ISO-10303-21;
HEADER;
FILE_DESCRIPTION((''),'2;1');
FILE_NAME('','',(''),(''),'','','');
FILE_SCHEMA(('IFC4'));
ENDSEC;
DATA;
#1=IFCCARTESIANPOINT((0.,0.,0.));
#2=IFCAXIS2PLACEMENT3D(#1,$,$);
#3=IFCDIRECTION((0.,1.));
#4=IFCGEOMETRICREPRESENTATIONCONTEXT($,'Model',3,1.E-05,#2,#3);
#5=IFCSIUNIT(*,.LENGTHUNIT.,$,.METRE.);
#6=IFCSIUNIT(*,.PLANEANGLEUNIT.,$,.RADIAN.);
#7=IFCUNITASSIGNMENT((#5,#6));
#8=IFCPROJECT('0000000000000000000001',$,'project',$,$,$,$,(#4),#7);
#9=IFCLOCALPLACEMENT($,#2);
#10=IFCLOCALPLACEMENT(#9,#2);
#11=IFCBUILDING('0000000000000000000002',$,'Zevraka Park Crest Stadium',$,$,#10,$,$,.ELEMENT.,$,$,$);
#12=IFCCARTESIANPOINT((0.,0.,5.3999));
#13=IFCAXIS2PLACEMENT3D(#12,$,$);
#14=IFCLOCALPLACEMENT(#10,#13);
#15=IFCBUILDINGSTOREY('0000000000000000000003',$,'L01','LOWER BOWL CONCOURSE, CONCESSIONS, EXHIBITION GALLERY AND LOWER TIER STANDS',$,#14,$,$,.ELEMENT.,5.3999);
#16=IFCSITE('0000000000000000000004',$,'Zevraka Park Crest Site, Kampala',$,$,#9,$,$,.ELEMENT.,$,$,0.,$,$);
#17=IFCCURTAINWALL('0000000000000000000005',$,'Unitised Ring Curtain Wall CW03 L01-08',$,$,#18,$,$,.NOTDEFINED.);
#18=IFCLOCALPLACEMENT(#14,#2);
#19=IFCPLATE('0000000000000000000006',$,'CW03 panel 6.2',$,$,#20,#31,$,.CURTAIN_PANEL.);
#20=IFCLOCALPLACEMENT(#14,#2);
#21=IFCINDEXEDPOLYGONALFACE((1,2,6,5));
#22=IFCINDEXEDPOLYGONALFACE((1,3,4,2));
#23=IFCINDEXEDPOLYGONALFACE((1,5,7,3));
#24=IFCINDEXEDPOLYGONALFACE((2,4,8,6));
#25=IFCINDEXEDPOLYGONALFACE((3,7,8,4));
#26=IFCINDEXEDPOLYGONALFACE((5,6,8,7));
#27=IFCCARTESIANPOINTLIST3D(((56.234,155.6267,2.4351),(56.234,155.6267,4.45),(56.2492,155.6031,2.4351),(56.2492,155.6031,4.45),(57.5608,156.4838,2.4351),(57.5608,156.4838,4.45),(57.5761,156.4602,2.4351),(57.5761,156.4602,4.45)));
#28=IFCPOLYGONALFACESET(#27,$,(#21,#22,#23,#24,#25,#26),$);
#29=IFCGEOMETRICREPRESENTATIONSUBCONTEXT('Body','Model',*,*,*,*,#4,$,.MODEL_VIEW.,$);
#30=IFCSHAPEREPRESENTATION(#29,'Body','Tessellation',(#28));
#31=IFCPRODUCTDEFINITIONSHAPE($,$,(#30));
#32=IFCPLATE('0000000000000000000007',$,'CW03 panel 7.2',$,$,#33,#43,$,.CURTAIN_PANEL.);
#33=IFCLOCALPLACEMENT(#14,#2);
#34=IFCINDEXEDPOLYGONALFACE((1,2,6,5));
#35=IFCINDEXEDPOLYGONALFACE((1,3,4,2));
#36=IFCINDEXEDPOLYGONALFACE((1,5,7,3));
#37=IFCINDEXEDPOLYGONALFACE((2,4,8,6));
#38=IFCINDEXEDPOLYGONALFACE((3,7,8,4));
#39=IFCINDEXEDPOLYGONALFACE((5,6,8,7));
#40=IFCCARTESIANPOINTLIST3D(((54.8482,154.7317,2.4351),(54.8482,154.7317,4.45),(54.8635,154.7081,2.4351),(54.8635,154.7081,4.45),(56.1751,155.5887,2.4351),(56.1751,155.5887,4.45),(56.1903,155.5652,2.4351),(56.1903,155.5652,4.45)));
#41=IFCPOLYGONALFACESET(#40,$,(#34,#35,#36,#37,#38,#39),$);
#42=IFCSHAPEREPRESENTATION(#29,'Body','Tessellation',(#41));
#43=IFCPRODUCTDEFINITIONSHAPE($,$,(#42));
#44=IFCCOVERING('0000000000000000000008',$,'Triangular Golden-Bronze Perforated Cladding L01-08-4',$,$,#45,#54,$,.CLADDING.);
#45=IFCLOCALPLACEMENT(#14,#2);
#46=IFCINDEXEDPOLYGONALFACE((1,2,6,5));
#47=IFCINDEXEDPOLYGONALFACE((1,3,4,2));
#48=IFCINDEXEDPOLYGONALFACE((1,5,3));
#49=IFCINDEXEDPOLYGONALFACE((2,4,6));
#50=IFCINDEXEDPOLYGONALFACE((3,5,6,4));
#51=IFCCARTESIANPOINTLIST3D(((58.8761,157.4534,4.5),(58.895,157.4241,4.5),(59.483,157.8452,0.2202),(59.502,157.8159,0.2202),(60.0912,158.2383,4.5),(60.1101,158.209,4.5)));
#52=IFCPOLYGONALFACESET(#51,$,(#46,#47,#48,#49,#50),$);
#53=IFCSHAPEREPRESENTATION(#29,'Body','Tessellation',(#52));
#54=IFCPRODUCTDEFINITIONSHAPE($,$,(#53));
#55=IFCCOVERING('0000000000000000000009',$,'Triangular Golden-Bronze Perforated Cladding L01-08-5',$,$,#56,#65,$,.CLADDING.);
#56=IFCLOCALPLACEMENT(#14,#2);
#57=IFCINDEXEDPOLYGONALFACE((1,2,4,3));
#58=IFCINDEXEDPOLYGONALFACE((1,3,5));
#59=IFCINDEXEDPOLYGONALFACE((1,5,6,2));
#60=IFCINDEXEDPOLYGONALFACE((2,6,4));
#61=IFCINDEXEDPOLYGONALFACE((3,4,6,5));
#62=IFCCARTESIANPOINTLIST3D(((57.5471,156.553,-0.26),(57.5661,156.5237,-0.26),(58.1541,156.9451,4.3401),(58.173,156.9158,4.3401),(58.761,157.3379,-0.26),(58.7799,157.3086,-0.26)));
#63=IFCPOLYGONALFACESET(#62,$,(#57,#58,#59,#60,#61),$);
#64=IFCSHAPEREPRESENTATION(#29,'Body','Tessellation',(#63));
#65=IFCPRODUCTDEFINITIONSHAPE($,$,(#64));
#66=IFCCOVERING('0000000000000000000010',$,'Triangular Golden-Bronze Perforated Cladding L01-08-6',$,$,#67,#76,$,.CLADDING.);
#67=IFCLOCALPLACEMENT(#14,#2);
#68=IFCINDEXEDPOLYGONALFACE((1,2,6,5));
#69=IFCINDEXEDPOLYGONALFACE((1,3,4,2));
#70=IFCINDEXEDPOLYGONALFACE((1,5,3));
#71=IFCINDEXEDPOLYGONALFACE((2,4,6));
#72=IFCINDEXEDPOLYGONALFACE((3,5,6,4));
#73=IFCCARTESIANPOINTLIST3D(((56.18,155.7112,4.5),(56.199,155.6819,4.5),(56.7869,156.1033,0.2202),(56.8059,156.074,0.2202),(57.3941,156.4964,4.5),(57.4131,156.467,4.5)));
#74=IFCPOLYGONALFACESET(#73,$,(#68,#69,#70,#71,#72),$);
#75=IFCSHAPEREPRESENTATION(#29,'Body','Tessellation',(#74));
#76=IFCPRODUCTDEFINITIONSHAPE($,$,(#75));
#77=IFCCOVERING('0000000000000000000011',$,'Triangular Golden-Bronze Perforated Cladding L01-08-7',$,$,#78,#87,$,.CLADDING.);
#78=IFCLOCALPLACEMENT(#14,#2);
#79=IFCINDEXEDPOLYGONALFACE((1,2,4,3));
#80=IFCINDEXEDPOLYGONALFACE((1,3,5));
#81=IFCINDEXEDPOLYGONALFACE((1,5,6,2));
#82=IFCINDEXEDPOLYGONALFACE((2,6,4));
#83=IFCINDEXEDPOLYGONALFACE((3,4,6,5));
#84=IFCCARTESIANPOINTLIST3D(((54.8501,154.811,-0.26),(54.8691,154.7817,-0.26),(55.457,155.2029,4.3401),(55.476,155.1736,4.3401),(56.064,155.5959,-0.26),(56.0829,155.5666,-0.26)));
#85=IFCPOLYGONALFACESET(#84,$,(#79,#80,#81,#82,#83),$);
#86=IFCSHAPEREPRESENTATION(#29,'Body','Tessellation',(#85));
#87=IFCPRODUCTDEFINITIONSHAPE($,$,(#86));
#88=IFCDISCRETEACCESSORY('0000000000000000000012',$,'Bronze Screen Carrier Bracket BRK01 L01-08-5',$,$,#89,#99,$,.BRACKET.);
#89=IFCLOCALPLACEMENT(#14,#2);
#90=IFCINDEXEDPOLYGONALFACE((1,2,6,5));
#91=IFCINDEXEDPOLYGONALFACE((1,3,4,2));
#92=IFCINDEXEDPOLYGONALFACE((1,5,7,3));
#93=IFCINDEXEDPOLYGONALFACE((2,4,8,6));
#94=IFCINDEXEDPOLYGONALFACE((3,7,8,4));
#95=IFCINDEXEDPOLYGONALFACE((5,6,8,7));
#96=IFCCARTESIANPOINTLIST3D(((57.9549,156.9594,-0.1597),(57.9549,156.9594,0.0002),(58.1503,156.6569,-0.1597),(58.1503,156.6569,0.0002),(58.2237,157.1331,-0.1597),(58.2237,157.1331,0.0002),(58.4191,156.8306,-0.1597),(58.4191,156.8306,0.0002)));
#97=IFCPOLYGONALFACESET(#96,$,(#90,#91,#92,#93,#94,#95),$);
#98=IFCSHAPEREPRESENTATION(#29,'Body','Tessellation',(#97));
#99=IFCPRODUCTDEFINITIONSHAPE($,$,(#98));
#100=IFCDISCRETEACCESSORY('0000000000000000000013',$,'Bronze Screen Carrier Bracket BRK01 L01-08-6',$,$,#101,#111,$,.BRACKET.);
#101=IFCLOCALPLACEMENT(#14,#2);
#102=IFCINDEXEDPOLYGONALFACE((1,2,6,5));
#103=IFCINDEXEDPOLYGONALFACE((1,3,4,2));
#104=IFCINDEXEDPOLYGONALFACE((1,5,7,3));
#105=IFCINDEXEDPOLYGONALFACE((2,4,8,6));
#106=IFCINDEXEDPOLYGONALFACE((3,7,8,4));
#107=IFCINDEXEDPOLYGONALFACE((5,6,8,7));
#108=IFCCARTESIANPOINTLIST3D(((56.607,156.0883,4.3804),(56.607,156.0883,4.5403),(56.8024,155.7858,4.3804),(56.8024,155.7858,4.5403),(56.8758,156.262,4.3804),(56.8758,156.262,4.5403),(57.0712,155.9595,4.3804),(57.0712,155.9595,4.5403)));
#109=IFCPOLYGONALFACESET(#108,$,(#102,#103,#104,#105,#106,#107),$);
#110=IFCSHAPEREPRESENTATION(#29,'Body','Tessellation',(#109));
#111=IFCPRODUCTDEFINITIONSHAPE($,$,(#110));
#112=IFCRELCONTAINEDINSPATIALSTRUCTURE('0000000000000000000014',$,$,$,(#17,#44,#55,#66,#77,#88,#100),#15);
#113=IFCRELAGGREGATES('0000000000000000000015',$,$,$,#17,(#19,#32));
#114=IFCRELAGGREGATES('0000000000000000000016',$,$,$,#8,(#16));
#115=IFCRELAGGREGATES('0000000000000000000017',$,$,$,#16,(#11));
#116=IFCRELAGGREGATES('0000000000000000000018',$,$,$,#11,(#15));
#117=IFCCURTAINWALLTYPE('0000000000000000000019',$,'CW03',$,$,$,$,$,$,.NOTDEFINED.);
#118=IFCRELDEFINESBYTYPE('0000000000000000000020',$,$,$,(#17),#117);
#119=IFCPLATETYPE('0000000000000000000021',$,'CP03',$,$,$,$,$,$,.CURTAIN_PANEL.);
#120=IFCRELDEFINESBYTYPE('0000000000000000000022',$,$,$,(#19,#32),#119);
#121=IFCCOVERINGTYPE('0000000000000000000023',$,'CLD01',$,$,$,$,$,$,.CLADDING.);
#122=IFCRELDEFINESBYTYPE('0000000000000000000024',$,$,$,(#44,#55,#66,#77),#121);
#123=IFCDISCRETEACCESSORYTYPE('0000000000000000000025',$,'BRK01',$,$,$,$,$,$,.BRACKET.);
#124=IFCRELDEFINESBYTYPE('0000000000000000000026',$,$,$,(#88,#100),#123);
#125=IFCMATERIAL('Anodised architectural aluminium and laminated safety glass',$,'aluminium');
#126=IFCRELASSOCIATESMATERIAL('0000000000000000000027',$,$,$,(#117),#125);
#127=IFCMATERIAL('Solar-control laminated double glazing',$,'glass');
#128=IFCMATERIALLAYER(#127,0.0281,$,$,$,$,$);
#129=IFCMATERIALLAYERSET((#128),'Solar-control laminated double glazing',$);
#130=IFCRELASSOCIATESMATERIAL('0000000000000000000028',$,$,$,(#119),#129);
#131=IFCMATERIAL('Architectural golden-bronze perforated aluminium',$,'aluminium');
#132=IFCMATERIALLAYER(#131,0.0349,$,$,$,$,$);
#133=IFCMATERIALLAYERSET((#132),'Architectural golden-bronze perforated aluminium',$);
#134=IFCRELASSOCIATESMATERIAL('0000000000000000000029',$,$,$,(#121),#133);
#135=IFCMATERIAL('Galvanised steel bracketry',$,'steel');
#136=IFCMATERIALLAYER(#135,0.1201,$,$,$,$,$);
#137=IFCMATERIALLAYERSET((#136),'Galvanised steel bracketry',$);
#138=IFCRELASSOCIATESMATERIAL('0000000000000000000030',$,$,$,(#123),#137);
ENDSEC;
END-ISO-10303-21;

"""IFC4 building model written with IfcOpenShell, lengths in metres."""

from ifc_helpers import new_model, si_unit, direction, frame, origin, origin_2d, place, context, subcontext, project, spatial, polyline, rectangle, outline, extrude, material, layer, layer_set, type_object, element, aggregate, save


model = new_model("IFC4")

# Units and contexts
model_context = context("Model", 3, precision=1e-05, world=origin(), true_north=direction((0.0, 1.0)))
body_context = subcontext(model_context, "Body", "Model", "MODEL_VIEW")
ifc_project = project(units=[si_unit("LENGTHUNIT", "METRE"), si_unit("PLANEANGLEUNIT", "RADIAN")], contexts=[model_context])

# Site, building, storey
site_placement = place(None, origin())
site = spatial("IfcSite", under=ifc_project, at=site_placement, Name="Zevraka Park Crest Site, Kampala", CompositionType="ELEMENT", RefElevation=0.0)
building_placement = place(site_placement, origin())
building = spatial("IfcBuilding", under=site, at=building_placement, Name="Zevraka Park Crest Stadium", CompositionType="ELEMENT")
storey_placement = place(building_placement, frame((0.0, 0.0, 5.3999)))
storey = spatial("IfcBuildingStorey", under=building, at=storey_placement, Name="L01", Description="LOWER BOWL CONCOURSE, CONCESSIONS, EXHIBITION GALLERY AND LOWER TIER STANDS", CompositionType="ELEMENT", Elevation=5.3999)

# Curtain wall, plates
ifc_material_1 = material(Name="Anodised architectural aluminium and laminated safety glass", Category="aluminium")
curtain_wall_type = type_object("IfcCurtainWallType", Name="CW03", PredefinedType="NOTDEFINED", material=ifc_material_1)
curtain_wall_placement = place(storey_placement, origin())
curtain_wall = element("IfcCurtainWall", 1, at=curtain_wall_placement, inside=storey, type_object=curtain_wall_type, Name="Unitised Ring Curtain Wall CW03 L01-08", PredefinedType="NOTDEFINED")
ifc_material_2 = material(Name="Solar-control laminated double glazing", Category="glass")
ifc_layer_1 = layer(ifc_material_2, 0.0281)
ifc_layer_set_1 = layer_set([ifc_layer_1], Name="Solar-control laminated double glazing")
plate_type = type_object("IfcPlateType", Name="CP03", PredefinedType="CURTAIN_PANEL", material=ifc_layer_set_1)
plate_1_placement = place(storey_placement, frame((56.905, 156.0435, 2.4351), z_axis=(0.0, 0.0, 1.0), x_axis=(-0.84001, -0.542571, 0.0)))
plate_1 = element("IfcPlate", 2, at=plate_1_placement, type_object=plate_type, Name="CW03 panel 6.2", PredefinedType="CURTAIN_PANEL", context=body_context, shape_type="SweptSolid", body=[
    extrude(rectangle(XDim=1.5796, YDim=0.0281, at=origin_2d()), origin(), (0.0, 0.0, 1.0), 2.0149),
])
plate_2_placement = place(storey_placement, frame((55.5193, 155.1484, 2.4351), z_axis=(0.0, 0.0, 1.0), x_axis=(-0.84001, -0.542571, 0.0)))
plate_2 = element("IfcPlate", 3, at=plate_2_placement, type_object=plate_type, Name="CW03 panel 7.2", PredefinedType="CURTAIN_PANEL", context=body_context, shape_type="SweptSolid", body=[
    extrude(rectangle(XDim=1.5796, YDim=0.0281, at=origin_2d()), origin(), (0.0, 0.0, 1.0), 2.0149),
])
aggregate(curtain_wall, [plate_1, plate_2])

# Coverings
ifc_material_3 = material(Name="Architectural golden-bronze perforated aluminium", Category="aluminium")
ifc_layer_2 = layer(ifc_material_3, 0.0349)
ifc_layer_set_2 = layer_set([ifc_layer_2], Name="Architectural golden-bronze perforated aluminium")
covering_type = type_object("IfcCoveringType", Name="CLD01", PredefinedType="CLADDING", material=ifc_layer_set_2)
covering_1_placement = place(storey_placement, frame((58.895, 157.4241, 4.5), z_axis=(0.542607, -0.839986, 0.000042), x_axis=(0.839986, 0.542607, 0.0)))
element("IfcCovering", 4, at=covering_1_placement, inside=storey, type_object=covering_type, Name="Triangular Golden-Bronze Perforated Cladding L01-08-4", PredefinedType="CLADDING", context=body_context, shape_type="SweptSolid", body=[
    extrude(outline(polyline([(0.0, 0.0), (1.4466, 0.0), (0.7224, -4.2798), (0.0, 0.0)])), origin(), (0.0, 0.0, -1.0), 0.0349),
])
covering_2_placement = place(storey_placement, frame((58.761, 157.3379, -0.26), z_axis=(-0.542992, 0.839738, 0.000067), x_axis=(-0.839738, -0.542992, 0.0)))
element("IfcCovering", 5, at=covering_2_placement, inside=storey, type_object=covering_type, Name="Triangular Golden-Bronze Perforated Cladding L01-08-5", PredefinedType="CLADDING", context=body_context, shape_type="SweptSolid", body=[
    extrude(outline(polyline([(0.0, 0.0), (1.4455, 0.0), (0.723, 4.6001), (0.0, 0.0)])), origin(), (0.0, 0.0, -1.0), 0.0349),
])
covering_3_placement = place(storey_placement, frame((56.199, 155.6819, 4.5), z_axis=(0.543034, -0.839711, 0.00008), x_axis=(0.839711, 0.543034, 0.0)))
element("IfcCovering", 6, at=covering_3_placement, inside=storey, type_object=covering_type, Name="Triangular Golden-Bronze Perforated Cladding L01-08-6", PredefinedType="CLADDING", context=body_context, shape_type="SweptSolid", body=[
    extrude(outline(polyline([(0.0, 0.0), (1.4459, 0.0), (0.7226, -4.2798), (0.0, 0.0)])), origin(), (0.0, 0.0, -1.0), 0.0349),
])
covering_4_placement = place(storey_placement, frame((56.064, 155.5959, -0.26), z_axis=(-0.542992, 0.839738, 0.000111), x_axis=(-0.839738, -0.542992, 0.0)))
element("IfcCovering", 7, at=covering_4_placement, inside=storey, type_object=covering_type, Name="Triangular Golden-Bronze Perforated Cladding L01-08-7", PredefinedType="CLADDING", context=body_context, shape_type="SweptSolid", body=[
    extrude(outline(polyline([(0.0, 0.0), (1.4455, 0.0), (0.7231, 4.6001), (0.0, 0.0)])), origin(), (0.0, 0.0, -1.0), 0.0349),
])

# Discrete accessories
ifc_material_4 = material(Name="Galvanised steel bracketry", Category="steel")
ifc_layer_3 = layer(ifc_material_4, 0.1201)
ifc_layer_set_3 = layer_set([ifc_layer_3], Name="Galvanised steel bracketry")
discrete_accessory_type = type_object("IfcDiscreteAccessoryType", Name="BRK01", PredefinedType="BRACKET", material=ifc_layer_set_3)
for number, where, z_axis, x_axis, name in (
    (8, (58.187, 156.895, -0.1597), (0.0, 0.0, 1.0), (-0.839999, -0.542588, 0.0), "Bronze Screen Carrier Bracket BRK01 L01-08-5"),
    (9, (56.8391, 156.0239, 4.3804), (0.0, 0.0, 1.0), (-0.839999, -0.542588, 0.0), "Bronze Screen Carrier Bracket BRK01 L01-08-6"),
):
    element("IfcDiscreteAccessory", number, at=place(storey_placement, frame(where, z_axis=z_axis, x_axis=x_axis)), inside=storey, type_object=discrete_accessory_type, Name=name, PredefinedType="BRACKET", context=body_context, shape_type="SweptSolid", body=[
        extrude(rectangle(XDim=0.3201, YDim=0.3601, at=origin_2d()), origin(), (0.0, 0.0, 1.0), 0.1599),
    ])

save(model, "model.ifc")
